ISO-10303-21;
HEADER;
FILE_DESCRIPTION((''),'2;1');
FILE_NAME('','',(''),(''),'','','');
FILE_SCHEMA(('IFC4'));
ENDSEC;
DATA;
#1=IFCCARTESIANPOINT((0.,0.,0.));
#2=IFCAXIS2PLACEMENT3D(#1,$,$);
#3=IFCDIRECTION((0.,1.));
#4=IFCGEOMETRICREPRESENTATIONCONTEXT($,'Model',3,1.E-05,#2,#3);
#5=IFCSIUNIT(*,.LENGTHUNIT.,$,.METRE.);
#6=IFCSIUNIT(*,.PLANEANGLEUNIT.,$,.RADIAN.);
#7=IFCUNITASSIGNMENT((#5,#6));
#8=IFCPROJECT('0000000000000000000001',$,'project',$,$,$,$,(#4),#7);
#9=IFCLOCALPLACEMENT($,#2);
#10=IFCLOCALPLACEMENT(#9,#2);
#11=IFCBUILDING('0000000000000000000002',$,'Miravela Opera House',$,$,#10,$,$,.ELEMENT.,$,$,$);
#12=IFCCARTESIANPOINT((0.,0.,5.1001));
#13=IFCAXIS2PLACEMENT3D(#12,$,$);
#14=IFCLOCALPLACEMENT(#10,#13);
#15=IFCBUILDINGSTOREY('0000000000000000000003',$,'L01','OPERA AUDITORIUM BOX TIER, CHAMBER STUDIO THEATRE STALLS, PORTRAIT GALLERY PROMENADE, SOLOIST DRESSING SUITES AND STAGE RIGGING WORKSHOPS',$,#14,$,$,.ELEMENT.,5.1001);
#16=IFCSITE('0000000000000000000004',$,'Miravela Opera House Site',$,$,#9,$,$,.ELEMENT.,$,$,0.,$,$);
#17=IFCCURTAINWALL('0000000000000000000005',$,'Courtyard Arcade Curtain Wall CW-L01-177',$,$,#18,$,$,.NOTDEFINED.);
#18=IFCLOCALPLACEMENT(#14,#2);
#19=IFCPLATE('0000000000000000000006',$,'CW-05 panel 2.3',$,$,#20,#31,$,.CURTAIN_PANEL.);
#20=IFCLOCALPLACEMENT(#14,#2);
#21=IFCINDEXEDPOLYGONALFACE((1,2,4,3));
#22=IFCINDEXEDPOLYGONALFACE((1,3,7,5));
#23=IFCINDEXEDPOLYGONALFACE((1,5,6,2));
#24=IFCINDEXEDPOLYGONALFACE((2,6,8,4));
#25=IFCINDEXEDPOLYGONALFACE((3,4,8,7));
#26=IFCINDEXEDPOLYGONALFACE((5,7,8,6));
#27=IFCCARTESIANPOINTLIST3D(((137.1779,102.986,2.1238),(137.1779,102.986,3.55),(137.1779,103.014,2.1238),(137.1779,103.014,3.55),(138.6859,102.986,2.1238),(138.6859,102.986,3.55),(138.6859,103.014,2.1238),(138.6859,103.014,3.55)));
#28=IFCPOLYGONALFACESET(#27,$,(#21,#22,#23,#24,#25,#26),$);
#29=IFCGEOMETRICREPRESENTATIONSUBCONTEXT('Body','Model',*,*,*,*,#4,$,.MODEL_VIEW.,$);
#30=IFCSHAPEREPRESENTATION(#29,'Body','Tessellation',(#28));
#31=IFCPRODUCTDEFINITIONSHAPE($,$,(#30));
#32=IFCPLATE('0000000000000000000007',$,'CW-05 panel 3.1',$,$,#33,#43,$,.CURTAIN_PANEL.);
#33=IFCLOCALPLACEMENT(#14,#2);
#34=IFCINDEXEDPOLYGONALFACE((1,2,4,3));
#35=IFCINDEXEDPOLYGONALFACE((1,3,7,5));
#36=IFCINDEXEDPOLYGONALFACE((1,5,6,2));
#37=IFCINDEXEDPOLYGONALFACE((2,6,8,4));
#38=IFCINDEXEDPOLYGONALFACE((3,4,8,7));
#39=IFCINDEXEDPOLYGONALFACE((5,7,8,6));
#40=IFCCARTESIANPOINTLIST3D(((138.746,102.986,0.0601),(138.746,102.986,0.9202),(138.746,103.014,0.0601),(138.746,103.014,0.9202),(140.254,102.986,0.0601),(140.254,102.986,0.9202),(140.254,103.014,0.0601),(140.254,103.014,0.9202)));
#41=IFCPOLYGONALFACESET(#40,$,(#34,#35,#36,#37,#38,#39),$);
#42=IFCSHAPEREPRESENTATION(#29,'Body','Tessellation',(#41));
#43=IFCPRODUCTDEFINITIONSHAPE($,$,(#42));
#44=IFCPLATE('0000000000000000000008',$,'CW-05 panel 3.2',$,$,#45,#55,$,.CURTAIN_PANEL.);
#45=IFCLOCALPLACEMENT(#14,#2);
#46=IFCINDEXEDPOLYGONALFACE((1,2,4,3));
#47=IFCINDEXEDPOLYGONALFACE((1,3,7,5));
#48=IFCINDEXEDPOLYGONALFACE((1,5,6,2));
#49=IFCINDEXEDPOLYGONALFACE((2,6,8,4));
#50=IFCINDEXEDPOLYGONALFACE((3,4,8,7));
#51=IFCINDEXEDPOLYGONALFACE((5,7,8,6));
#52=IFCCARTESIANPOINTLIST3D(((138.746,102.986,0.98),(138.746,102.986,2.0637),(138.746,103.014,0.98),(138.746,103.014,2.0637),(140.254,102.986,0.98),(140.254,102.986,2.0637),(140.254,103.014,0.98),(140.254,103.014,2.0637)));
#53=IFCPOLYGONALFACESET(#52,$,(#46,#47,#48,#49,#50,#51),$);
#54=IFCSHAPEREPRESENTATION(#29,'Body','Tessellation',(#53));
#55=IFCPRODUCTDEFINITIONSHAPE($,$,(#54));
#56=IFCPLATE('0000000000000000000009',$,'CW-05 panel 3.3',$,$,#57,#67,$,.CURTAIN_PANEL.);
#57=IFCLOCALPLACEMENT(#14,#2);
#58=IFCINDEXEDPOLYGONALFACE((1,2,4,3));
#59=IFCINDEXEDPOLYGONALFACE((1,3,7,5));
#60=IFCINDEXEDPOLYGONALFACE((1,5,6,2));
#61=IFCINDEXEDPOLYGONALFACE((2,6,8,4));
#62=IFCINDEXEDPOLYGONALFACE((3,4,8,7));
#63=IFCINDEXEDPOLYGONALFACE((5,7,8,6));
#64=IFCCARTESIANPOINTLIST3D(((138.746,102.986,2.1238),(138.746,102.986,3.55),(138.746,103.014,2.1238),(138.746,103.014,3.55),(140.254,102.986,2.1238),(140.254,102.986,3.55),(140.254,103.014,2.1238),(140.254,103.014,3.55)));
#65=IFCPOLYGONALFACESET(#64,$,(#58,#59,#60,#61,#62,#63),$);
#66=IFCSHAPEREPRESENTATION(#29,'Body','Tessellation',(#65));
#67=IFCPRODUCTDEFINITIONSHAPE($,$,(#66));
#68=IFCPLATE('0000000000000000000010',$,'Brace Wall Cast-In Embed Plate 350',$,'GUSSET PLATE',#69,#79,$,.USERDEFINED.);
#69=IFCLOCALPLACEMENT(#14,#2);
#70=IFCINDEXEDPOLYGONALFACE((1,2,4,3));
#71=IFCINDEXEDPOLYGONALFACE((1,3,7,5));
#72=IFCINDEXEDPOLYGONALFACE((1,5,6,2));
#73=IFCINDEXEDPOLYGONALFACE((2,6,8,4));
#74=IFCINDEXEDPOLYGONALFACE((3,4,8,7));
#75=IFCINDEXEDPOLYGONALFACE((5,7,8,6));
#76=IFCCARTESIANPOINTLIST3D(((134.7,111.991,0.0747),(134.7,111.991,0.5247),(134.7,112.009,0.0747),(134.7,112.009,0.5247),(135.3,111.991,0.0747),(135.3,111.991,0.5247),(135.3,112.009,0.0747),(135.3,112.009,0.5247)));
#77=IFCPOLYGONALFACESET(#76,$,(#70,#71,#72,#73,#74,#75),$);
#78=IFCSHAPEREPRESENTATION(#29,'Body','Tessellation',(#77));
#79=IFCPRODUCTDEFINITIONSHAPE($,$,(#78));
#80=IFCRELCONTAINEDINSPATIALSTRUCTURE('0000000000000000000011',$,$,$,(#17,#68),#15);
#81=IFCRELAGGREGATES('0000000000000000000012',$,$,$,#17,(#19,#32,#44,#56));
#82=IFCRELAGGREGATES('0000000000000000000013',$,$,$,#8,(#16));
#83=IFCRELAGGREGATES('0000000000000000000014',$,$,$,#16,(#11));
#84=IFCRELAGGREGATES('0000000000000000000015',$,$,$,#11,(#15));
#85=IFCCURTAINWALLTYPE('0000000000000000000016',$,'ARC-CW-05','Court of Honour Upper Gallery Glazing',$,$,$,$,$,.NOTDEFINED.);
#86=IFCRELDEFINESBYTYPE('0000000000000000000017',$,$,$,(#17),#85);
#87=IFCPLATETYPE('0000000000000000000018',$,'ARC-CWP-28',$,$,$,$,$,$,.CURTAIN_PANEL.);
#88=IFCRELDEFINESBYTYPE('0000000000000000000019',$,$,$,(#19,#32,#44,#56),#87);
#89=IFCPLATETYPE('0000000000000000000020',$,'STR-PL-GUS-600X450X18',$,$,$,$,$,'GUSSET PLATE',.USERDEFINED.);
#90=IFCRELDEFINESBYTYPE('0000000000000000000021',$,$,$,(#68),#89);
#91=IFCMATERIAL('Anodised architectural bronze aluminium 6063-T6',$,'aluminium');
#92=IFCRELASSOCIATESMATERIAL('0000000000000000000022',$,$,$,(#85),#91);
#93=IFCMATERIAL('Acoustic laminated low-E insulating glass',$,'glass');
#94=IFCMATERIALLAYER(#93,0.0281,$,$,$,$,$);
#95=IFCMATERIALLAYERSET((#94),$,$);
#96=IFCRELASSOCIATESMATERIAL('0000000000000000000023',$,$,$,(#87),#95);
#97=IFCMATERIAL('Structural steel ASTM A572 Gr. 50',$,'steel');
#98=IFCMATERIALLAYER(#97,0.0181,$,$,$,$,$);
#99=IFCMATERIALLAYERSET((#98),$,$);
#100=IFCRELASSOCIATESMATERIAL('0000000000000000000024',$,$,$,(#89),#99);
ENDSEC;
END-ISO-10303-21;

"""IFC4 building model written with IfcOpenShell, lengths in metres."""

from ifc_helpers import new_model, si_unit, direction, frame, origin, origin_2d, place, context, subcontext, project, spatial, rectangle, extrude, material, layer, layer_set, type_object, element, aggregate, save


model = new_model("IFC4")

# Units and contexts
model_context = context("Model", 3, precision=1e-05, world=origin(), true_north=direction((0.0, 1.0)))
body_context = subcontext(model_context, "Body", "Model", "MODEL_VIEW")
ifc_project = project(units=[si_unit("LENGTHUNIT", "METRE"), si_unit("PLANEANGLEUNIT", "RADIAN")], contexts=[model_context])

# Site, building, storey
site_placement = place(None, origin())
site = spatial("IfcSite", under=ifc_project, at=site_placement, Name="Miravela Opera House Site", CompositionType="ELEMENT", RefElevation=0.0)
building_placement = place(site_placement, origin())
building = spatial("IfcBuilding", under=site, at=building_placement, Name="Miravela Opera House", CompositionType="ELEMENT")
storey_placement = place(building_placement, frame((0.0, 0.0, 5.1001)))
storey = spatial("IfcBuildingStorey", under=building, at=storey_placement, Name="L01", Description="OPERA AUDITORIUM BOX TIER, CHAMBER STUDIO THEATRE STALLS, PORTRAIT GALLERY PROMENADE, SOLOIST DRESSING SUITES AND STAGE RIGGING WORKSHOPS", CompositionType="ELEMENT", Elevation=5.1001)

# Curtain wall
ifc_material_1 = material(Name="Anodised architectural bronze aluminium 6063-T6", Category="aluminium")
curtain_wall_type = type_object("IfcCurtainWallType", Name="ARC-CW-05", Description="Court of Honour Upper Gallery Glazing", PredefinedType="NOTDEFINED", material=ifc_material_1)
curtain_wall_placement = place(storey_placement, origin())
curtain_wall = element("IfcCurtainWall", 1, at=curtain_wall_placement, inside=storey, type_object=curtain_wall_type, Name="Courtyard Arcade Curtain Wall CW-L01-177", PredefinedType="NOTDEFINED")

# Plates
ifc_material_2 = material(Name="Acoustic laminated low-E insulating glass", Category="glass")
ifc_layer_1 = layer(ifc_material_2, 0.0281)
ifc_layer_set_1 = layer_set([ifc_layer_1])
plate_type_1 = type_object("IfcPlateType", Name="ARC-CWP-28", PredefinedType="CURTAIN_PANEL", material=ifc_layer_set_1)
plate_1_placement = place(storey_placement, frame((137.9319, 103.0, 2.1238), z_axis=(0.0, 0.0, 1.0), x_axis=(1.0, 0.0, 0.0)))
plate_1 = element("IfcPlate", 2, at=plate_1_placement, type_object=plate_type_1, Name="CW-05 panel 2.3", PredefinedType="CURTAIN_PANEL", context=body_context, shape_type="SweptSolid", body=[
    extrude(rectangle(XDim=1.5081, YDim=0.0281, at=origin_2d()), origin(), (0.0, 0.0, 1.0), 1.4263),
])
plate_2_placement = place(storey_placement, frame((139.5, 103.0, 0.0601), z_axis=(0.0, 0.0, 1.0), x_axis=(1.0, 0.0, 0.0)))
plate_2 = element("IfcPlate", 3, at=plate_2_placement, type_object=plate_type_1, Name="CW-05 panel 3.1", PredefinedType="CURTAIN_PANEL", context=body_context, shape_type="SweptSolid", body=[
    extrude(rectangle(XDim=1.5081, YDim=0.0281, at=origin_2d()), origin(), (0.0, 0.0, 1.0), 0.8601),
])
plate_3_placement = place(storey_placement, frame((139.5, 103.0, 0.98), z_axis=(0.0, 0.0, 1.0), x_axis=(1.0, 0.0, 0.0)))
plate_3 = element("IfcPlate", 4, at=plate_3_placement, type_object=plate_type_1, Name="CW-05 panel 3.2", PredefinedType="CURTAIN_PANEL", context=body_context, shape_type="SweptSolid", body=[
    extrude(rectangle(XDim=1.5081, YDim=0.0281, at=origin_2d()), origin(), (0.0, 0.0, 1.0), 1.0837),
])
plate_4_placement = place(storey_placement, frame((139.5, 103.0, 2.1238), z_axis=(0.0, 0.0, 1.0), x_axis=(1.0, 0.0, 0.0)))
plate_4 = element("IfcPlate", 5, at=plate_4_placement, type_object=plate_type_1, Name="CW-05 panel 3.3", PredefinedType="CURTAIN_PANEL", context=body_context, shape_type="SweptSolid", body=[
    extrude(rectangle(XDim=1.5081, YDim=0.0281, at=origin_2d()), origin(), (0.0, 0.0, 1.0), 1.4263),
])
aggregate(curtain_wall, [plate_1, plate_2, plate_3, plate_4])
ifc_material_3 = material(Name="Structural steel ASTM A572 Gr. 50", Category="steel")
ifc_layer_2 = layer(ifc_material_3, 0.0181)
ifc_layer_set_2 = layer_set([ifc_layer_2])
plate_type_2 = type_object("IfcPlateType", Name="STR-PL-GUS-600X450X18", ElementType="GUSSET PLATE", PredefinedType="USERDEFINED", material=ifc_layer_set_2)
plate_5_placement = place(storey_placement, frame((135.0, 112.0, 0.0747), z_axis=(0.0, 0.0, 1.0), x_axis=(1.0, 0.0, 0.0)))
element("IfcPlate", 6, at=plate_5_placement, inside=storey, type_object=plate_type_2, Name="Brace Wall Cast-In Embed Plate 350", ObjectType="GUSSET PLATE", PredefinedType="USERDEFINED", context=body_context, shape_type="SweptSolid", body=[
    extrude(rectangle(XDim=0.6001, YDim=0.0181, at=origin_2d()), origin(), (0.0, 0.0, 1.0), 0.45),
])

save(model, "model.ifc")
